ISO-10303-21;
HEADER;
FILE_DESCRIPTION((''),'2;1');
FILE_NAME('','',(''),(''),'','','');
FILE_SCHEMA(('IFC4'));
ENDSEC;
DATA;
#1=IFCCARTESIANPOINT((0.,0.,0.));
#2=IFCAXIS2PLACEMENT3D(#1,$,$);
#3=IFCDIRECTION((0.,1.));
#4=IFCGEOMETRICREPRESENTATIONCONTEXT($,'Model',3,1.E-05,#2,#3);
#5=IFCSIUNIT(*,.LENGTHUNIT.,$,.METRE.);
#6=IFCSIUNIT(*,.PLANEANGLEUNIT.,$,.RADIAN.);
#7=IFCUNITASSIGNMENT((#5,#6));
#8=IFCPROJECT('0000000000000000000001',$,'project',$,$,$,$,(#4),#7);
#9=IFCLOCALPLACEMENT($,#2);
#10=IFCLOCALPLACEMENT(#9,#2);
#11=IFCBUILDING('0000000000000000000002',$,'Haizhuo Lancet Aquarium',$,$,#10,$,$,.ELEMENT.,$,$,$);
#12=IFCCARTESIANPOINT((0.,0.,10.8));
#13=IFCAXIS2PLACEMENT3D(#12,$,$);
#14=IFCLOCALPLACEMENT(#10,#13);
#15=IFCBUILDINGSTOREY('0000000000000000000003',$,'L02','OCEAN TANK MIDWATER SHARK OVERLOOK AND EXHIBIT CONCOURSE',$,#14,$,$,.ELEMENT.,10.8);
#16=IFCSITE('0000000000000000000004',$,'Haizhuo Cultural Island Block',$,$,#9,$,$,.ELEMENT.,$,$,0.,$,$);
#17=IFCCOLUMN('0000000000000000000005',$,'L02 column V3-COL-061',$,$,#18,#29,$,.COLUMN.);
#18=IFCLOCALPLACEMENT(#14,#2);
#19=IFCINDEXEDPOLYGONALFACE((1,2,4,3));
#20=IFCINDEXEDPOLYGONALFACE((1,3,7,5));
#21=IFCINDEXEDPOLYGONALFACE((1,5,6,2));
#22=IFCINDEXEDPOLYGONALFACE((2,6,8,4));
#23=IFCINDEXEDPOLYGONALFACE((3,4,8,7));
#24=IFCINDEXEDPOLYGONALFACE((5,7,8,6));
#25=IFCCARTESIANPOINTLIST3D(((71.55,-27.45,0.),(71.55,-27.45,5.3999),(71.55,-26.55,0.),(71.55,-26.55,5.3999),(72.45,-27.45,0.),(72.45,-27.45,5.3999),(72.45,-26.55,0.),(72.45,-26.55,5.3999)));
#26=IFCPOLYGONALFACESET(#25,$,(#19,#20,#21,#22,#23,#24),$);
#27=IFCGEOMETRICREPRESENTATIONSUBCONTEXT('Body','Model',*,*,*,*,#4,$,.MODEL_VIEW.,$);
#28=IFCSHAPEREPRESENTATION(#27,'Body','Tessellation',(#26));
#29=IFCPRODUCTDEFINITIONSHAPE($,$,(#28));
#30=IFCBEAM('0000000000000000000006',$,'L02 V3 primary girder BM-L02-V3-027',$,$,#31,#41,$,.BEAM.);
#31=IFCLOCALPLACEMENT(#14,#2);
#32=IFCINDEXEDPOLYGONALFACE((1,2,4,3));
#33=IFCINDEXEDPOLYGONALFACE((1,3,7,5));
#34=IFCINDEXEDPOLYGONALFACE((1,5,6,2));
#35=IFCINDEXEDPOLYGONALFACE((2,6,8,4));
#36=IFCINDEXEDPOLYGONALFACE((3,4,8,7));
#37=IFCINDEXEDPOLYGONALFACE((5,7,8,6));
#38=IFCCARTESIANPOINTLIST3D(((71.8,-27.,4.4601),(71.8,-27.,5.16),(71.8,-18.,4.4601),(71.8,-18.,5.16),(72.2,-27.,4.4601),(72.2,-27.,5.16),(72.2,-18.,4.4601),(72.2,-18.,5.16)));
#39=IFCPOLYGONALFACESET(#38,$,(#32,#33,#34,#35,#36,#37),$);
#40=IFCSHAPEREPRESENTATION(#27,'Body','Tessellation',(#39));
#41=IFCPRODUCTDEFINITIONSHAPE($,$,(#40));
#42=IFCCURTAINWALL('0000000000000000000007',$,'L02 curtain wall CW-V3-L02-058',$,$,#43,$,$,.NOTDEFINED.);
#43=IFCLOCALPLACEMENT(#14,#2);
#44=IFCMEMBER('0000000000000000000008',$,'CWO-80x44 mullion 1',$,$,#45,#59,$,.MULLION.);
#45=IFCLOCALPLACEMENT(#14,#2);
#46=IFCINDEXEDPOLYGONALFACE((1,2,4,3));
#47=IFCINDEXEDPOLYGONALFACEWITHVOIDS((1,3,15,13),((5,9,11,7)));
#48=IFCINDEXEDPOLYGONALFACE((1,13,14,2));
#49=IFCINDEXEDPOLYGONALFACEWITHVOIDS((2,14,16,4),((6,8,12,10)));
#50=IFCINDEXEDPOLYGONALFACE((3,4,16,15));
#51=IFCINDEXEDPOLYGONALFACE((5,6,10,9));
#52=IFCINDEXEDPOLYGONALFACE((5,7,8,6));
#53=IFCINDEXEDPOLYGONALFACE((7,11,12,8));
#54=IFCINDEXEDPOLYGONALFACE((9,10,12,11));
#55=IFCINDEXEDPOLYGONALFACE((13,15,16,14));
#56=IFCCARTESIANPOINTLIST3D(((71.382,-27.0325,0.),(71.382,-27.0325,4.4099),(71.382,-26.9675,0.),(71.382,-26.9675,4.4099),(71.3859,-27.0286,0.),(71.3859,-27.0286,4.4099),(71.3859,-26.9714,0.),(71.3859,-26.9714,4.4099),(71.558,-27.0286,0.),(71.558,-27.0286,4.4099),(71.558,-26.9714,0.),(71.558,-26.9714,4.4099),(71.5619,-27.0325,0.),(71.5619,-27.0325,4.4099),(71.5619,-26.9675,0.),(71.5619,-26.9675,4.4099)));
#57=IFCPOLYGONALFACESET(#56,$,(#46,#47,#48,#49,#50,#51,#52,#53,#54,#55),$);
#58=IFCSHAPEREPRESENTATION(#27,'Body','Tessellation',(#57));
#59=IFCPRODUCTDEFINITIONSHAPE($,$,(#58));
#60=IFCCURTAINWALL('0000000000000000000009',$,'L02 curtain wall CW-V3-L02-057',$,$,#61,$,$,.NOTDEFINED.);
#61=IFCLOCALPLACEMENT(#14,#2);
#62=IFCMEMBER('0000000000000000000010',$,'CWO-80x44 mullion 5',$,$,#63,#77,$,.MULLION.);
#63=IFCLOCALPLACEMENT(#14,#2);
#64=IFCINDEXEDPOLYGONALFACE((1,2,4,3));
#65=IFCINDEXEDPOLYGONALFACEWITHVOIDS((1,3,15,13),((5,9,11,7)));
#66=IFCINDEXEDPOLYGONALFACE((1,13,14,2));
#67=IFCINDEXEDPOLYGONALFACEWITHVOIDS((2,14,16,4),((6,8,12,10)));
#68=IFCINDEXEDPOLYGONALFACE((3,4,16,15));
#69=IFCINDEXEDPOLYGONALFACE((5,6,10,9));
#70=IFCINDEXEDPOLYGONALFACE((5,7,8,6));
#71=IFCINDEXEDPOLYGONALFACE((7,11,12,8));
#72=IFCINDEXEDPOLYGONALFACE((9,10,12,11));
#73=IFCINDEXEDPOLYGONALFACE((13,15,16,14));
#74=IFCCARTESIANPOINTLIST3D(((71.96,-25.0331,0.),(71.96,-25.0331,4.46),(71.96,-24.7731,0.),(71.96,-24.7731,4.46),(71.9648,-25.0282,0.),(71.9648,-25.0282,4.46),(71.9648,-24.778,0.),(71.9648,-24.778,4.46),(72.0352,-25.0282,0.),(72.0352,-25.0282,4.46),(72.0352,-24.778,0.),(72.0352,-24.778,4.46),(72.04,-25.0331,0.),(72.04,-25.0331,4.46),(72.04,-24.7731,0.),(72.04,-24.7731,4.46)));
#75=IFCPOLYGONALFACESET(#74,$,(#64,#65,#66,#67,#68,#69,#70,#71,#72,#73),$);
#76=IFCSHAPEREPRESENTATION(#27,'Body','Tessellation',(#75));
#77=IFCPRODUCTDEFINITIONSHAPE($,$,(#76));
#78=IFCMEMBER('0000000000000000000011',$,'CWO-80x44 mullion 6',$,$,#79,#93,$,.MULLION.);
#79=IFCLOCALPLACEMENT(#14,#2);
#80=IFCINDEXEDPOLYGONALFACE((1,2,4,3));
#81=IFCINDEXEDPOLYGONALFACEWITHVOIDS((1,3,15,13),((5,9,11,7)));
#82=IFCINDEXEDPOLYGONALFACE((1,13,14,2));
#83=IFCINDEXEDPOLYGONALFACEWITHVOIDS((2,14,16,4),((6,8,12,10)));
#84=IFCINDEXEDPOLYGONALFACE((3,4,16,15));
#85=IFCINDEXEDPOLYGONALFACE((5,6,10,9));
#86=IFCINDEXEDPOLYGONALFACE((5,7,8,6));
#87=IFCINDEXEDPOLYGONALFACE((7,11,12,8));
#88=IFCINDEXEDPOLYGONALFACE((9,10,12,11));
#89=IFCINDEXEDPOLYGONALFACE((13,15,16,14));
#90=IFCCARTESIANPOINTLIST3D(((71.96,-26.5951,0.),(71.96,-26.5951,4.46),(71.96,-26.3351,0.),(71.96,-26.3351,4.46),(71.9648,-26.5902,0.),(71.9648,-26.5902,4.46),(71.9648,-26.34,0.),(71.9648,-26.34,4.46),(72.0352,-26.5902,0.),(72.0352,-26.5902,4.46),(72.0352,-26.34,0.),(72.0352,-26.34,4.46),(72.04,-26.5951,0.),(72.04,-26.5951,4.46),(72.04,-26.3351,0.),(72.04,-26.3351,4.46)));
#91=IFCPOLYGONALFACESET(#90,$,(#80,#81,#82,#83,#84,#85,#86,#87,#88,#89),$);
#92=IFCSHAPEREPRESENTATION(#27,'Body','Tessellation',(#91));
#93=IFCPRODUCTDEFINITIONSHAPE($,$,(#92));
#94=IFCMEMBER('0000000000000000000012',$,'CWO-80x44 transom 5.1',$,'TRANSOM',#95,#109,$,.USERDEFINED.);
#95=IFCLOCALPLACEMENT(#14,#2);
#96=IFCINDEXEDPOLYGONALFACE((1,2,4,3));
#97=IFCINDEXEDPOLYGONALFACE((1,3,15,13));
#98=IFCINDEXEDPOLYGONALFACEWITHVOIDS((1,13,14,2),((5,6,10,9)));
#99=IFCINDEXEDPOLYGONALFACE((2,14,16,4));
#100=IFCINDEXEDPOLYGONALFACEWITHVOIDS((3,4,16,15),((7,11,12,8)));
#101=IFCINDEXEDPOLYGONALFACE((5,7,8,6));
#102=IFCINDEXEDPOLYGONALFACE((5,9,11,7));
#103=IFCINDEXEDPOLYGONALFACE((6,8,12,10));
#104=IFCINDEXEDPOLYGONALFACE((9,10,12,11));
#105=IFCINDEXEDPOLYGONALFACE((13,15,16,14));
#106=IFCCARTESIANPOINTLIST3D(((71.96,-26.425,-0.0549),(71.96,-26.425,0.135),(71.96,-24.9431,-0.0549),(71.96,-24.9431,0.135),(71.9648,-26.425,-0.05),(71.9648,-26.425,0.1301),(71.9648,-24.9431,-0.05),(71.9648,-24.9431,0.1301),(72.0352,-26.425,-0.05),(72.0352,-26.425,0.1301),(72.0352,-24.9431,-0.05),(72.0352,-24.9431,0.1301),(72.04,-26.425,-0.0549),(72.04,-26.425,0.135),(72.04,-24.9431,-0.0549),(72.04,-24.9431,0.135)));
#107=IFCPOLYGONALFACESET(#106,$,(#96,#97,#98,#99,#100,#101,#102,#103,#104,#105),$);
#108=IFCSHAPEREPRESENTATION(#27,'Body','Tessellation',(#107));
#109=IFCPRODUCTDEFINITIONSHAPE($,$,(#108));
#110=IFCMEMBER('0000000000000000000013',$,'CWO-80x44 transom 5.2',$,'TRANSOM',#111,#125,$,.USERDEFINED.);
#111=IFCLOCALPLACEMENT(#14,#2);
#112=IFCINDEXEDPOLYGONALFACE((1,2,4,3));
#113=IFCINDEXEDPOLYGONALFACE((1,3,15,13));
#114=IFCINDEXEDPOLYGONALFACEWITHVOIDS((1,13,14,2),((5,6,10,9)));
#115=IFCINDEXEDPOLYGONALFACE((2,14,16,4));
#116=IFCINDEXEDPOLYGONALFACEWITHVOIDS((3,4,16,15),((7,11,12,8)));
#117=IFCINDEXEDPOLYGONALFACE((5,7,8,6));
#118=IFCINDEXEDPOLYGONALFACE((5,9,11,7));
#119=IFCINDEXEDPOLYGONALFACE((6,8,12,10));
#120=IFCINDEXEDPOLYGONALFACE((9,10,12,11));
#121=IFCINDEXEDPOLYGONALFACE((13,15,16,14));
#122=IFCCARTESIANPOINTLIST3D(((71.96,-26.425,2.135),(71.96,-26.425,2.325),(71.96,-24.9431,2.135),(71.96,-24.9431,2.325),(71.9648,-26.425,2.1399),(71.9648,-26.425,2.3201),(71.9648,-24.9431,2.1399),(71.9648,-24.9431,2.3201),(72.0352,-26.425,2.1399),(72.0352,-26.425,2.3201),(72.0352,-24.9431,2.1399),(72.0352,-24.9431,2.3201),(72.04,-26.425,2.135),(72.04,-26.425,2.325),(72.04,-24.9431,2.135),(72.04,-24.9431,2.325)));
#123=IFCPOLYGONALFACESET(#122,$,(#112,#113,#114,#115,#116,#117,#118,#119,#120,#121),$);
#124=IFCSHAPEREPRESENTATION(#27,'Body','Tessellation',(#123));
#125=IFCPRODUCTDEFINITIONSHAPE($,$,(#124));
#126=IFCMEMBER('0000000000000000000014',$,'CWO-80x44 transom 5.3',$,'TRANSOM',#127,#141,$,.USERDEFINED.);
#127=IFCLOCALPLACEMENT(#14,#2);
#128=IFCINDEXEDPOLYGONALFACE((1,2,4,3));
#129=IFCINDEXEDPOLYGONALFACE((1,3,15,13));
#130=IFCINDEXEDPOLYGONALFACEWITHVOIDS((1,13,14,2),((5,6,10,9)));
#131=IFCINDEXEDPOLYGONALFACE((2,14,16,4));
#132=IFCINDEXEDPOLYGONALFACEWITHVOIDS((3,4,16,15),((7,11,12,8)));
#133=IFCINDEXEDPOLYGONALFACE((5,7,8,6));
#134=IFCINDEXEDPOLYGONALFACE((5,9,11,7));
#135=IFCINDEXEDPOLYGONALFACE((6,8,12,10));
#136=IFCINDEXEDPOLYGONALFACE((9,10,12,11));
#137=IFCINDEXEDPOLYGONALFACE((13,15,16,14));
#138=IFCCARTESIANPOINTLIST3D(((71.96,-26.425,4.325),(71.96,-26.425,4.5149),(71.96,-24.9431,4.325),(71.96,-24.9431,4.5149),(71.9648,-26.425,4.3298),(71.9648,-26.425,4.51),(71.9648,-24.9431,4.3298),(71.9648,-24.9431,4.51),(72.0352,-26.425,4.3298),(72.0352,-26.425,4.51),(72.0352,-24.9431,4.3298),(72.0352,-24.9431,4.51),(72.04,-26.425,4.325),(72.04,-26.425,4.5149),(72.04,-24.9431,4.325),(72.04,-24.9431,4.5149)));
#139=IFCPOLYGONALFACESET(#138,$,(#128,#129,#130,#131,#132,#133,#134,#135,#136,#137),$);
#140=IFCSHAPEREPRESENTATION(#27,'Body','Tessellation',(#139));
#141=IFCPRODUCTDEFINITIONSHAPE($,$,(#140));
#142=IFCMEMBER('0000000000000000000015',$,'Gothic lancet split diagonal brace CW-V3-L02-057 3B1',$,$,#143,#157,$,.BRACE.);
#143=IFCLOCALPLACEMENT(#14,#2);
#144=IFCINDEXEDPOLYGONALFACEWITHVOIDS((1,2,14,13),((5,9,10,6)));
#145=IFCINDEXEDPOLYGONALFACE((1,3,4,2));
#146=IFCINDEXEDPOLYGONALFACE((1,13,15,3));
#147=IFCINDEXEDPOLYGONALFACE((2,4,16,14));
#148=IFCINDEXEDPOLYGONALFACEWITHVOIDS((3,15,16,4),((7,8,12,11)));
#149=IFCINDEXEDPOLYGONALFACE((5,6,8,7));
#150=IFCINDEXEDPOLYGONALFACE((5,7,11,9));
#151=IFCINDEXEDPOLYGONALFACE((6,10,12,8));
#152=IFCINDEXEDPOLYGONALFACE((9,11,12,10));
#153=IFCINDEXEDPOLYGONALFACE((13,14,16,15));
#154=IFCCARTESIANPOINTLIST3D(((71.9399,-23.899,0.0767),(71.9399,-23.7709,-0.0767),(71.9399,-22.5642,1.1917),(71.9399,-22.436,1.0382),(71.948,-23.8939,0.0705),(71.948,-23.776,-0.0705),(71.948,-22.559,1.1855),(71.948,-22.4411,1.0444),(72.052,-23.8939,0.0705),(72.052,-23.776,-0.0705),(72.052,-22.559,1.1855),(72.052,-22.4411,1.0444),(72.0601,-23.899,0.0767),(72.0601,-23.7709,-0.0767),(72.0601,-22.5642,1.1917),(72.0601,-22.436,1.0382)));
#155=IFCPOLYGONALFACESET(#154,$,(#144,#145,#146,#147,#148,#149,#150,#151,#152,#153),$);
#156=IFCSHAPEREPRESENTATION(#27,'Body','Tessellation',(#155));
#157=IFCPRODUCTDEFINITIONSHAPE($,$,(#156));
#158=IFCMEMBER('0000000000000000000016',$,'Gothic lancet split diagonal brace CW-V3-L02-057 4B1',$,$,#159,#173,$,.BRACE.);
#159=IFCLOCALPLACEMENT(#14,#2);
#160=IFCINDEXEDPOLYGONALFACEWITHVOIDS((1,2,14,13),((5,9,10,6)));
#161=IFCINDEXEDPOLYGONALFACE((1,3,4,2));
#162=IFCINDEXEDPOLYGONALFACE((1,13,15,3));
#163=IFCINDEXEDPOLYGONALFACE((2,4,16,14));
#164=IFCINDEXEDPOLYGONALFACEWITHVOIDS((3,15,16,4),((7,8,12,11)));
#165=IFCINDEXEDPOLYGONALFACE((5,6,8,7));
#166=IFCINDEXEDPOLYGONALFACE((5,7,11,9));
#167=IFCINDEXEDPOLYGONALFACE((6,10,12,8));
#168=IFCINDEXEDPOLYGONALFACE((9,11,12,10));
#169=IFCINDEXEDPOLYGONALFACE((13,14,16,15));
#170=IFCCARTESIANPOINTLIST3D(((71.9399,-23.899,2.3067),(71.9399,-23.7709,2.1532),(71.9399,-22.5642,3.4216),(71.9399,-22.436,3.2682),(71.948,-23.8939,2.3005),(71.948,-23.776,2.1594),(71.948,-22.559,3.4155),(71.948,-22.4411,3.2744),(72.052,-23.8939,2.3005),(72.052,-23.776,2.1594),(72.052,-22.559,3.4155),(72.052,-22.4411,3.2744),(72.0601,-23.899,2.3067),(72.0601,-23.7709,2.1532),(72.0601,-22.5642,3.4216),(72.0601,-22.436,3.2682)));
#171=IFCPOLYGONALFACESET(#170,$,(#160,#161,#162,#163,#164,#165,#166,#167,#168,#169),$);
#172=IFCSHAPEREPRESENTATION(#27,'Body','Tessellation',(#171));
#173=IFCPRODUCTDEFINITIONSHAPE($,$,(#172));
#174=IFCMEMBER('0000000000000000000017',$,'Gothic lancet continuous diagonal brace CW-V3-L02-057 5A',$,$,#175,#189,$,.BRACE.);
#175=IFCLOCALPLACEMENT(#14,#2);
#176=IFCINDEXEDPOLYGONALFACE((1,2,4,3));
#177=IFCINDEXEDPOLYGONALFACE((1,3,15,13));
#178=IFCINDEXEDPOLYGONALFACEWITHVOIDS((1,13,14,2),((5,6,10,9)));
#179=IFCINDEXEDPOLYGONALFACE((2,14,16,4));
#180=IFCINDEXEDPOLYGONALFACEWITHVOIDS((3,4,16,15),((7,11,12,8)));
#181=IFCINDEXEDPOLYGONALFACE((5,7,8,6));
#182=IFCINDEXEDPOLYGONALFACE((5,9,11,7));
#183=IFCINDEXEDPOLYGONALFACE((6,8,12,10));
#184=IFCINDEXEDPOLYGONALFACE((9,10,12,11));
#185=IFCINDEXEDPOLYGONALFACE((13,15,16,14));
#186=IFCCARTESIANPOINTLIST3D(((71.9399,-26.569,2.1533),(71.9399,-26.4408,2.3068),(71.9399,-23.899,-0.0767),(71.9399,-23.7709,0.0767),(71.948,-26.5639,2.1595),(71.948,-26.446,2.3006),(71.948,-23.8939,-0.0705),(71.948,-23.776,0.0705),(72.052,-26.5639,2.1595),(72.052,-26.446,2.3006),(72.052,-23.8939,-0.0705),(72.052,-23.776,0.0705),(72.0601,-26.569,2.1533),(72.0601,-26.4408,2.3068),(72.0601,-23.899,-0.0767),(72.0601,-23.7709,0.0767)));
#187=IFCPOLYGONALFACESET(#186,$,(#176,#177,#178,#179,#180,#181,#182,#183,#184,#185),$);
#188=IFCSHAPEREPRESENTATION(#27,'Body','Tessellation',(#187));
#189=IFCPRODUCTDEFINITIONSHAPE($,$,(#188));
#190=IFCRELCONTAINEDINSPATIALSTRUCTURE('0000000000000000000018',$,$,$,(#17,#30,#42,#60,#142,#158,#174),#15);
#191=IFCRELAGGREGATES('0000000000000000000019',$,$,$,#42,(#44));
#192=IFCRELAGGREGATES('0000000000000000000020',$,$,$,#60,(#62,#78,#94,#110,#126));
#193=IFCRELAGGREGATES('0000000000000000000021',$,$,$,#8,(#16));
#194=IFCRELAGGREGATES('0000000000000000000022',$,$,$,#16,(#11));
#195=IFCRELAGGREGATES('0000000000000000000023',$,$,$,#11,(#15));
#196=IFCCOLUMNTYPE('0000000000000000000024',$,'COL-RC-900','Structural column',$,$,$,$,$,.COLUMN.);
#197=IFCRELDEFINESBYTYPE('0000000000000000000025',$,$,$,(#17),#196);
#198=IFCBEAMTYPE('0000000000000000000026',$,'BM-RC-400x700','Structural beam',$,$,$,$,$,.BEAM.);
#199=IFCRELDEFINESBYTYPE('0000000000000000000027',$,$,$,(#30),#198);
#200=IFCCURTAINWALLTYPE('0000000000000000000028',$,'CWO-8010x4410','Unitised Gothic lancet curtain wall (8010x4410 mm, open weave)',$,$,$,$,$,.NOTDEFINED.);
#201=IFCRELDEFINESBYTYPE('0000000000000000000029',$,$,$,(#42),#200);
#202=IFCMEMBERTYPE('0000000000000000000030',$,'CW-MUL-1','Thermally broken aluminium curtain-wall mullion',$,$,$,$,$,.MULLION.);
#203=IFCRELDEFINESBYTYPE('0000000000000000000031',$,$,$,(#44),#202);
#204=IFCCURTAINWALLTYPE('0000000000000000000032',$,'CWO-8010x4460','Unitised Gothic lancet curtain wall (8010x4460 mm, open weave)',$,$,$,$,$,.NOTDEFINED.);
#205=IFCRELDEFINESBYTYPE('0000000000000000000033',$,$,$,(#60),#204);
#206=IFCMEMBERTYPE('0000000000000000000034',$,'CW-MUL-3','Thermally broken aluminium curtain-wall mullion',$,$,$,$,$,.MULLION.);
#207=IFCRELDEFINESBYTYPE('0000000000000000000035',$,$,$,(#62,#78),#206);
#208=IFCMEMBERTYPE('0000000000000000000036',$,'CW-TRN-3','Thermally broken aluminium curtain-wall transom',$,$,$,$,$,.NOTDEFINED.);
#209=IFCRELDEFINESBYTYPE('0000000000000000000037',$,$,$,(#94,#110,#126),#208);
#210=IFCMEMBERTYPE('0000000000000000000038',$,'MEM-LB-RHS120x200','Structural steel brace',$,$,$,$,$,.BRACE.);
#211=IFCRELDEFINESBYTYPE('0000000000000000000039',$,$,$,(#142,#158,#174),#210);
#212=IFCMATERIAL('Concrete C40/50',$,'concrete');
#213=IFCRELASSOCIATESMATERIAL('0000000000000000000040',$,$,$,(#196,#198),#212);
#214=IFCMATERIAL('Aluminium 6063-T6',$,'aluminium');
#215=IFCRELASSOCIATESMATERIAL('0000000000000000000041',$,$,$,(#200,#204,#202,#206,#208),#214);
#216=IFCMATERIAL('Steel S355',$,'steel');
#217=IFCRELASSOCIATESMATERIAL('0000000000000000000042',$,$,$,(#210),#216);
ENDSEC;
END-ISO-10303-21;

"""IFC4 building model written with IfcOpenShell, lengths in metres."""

from ifc_helpers import new_model, si_unit, direction, frame, origin, origin_2d, place, context, subcontext, project, spatial, rectangle, hollow_rectangle, extrude, material, material_profile, profile_set, type_object, element, aggregate, save


model = new_model("IFC4")

# Units and contexts
model_context = context("Model", 3, precision=1e-05, world=origin(), true_north=direction((0.0, 1.0)))
body_context = subcontext(model_context, "Body", "Model", "MODEL_VIEW")
ifc_project = project(units=[si_unit("LENGTHUNIT", "METRE"), si_unit("PLANEANGLEUNIT", "RADIAN")], contexts=[model_context])

# Site, building, storey
site_placement = place(None, origin())
site = spatial("IfcSite", under=ifc_project, at=site_placement, Name="Haizhuo Cultural Island Block", CompositionType="ELEMENT", RefElevation=0.0)
building_placement = place(site_placement, origin())
building = spatial("IfcBuilding", under=site, at=building_placement, Name="Haizhuo Lancet Aquarium", CompositionType="ELEMENT")
storey_placement = place(building_placement, frame((0.0, 0.0, 10.8)))
storey = spatial("IfcBuildingStorey", under=building, at=storey_placement, Name="L02", Description="OCEAN TANK MIDWATER SHARK OVERLOOK AND EXHIBIT CONCOURSE", CompositionType="ELEMENT", Elevation=10.8)

# Column
ifc_material_1 = material(Name="Concrete C40/50", Category="concrete")
ifc_material_profile_1 = material_profile(ifc_material_1, rectangle(XDim=0.8999, YDim=0.8999, at=origin_2d()), Name="RC-COL 900x900")
ifc_profile_set_1 = profile_set([ifc_material_profile_1], Name="Concrete C40/50")
column_type = type_object("IfcColumnType", Name="COL-RC-900", Description="Structural column", PredefinedType="COLUMN", material=ifc_profile_set_1)
column_placement = place(storey_placement, frame((72.0, -27.0, 0.0), z_axis=(0.0, 0.0, 1.0), x_axis=(1.0, 0.0, 0.0)))
element("IfcColumn", 1, at=column_placement, inside=storey, type_object=column_type, Name="L02 column V3-COL-061", PredefinedType="COLUMN", context=body_context, shape_type="SweptSolid", body=[
    extrude(rectangle(XDim=0.8999, YDim=0.8999, at=origin_2d()), origin(), (0.0, 0.0, 1.0), 5.3999),
])

# Beam
ifc_material_profile_2 = material_profile(ifc_material_1, rectangle(XDim=0.3999, YDim=0.7, at=origin_2d()), Name="RC-BM 400x700")
ifc_profile_set_2 = profile_set([ifc_material_profile_2], Name="Concrete C40/50")
beam_type = type_object("IfcBeamType", Name="BM-RC-400x700", Description="Structural beam", PredefinedType="BEAM", material=ifc_profile_set_2)
beam_placement = place(storey_placement, frame((72.0, -27.0, 4.8101), z_axis=(0.0, 1.0, 0.0), x_axis=(-1.0, 0.0, 0.0)))
element("IfcBeam", 2, at=beam_placement, inside=storey, type_object=beam_type, Name="L02 V3 primary girder BM-L02-V3-027", PredefinedType="BEAM", context=body_context, shape_type="SweptSolid", body=[
    extrude(rectangle(XDim=0.3999, YDim=0.7, at=origin_2d()), origin(), (0.0, 0.0, 1.0), 9.0),
])

# Curtain wall, member
ifc_material_2 = material(Name="Aluminium 6063-T6", Category="aluminium")
curtain_wall_type_1 = type_object("IfcCurtainWallType", Name="CWO-8010x4410", Description="Unitised Gothic lancet curtain wall (8010x4410 mm, open weave)", PredefinedType="NOTDEFINED", material=ifc_material_2)
curtain_wall_1_placement = place(storey_placement, origin())
curtain_wall_1 = element("IfcCurtainWall", 3, at=curtain_wall_1_placement, inside=storey, type_object=curtain_wall_type_1, Name="L02 curtain wall CW-V3-L02-058", PredefinedType="NOTDEFINED")
ifc_material_profile_3 = material_profile(ifc_material_2, hollow_rectangle(XDim=0.0649, YDim=0.1799, WallThickness=0.0039, at=origin_2d()), Name="ALU-M 65x180x4")
ifc_profile_set_3 = profile_set([ifc_material_profile_3], Name="Aluminium 6063-T6")
member_type_1 = type_object("IfcMemberType", Name="CW-MUL-1", Description="Thermally broken aluminium curtain-wall mullion", PredefinedType="MULLION", material=ifc_profile_set_3)
member_1_placement = place(storey_placement, frame((71.4719, -27.0, 0.0), z_axis=(0.0, 0.0, 1.0), x_axis=(0.0, -1.0, 0.0)))
member_1 = element("IfcMember", 4, at=member_1_placement, type_object=member_type_1, Name="CWO-80x44 mullion 1", PredefinedType="MULLION", context=body_context, shape_type="SweptSolid", body=[
    extrude(hollow_rectangle(XDim=0.0649, YDim=0.1799, WallThickness=0.0039, at=origin_2d()), origin(), (0.0, 0.0, 1.0), 4.4099),
])
aggregate(curtain_wall_1, [member_1])

# Curtain wall, members
curtain_wall_type_2 = type_object("IfcCurtainWallType", Name="CWO-8010x4460", Description="Unitised Gothic lancet curtain wall (8010x4460 mm, open weave)", PredefinedType="NOTDEFINED", material=ifc_material_2)
curtain_wall_2_placement = place(storey_placement, origin())
curtain_wall_2 = element("IfcCurtainWall", 5, at=curtain_wall_2_placement, inside=storey, type_object=curtain_wall_type_2, Name="L02 curtain wall CW-V3-L02-057", PredefinedType="NOTDEFINED")
ifc_material_profile_4 = material_profile(ifc_material_2, hollow_rectangle(XDim=0.0801, YDim=0.26, WallThickness=0.0049, at=origin_2d()), Name="ALU-M 80x260x5")
ifc_profile_set_4 = profile_set([ifc_material_profile_4], Name="Aluminium 6063-T6")
member_type_2 = type_object("IfcMemberType", Name="CW-MUL-3", Description="Thermally broken aluminium curtain-wall mullion", PredefinedType="MULLION", material=ifc_profile_set_4)
member_2_placement = place(storey_placement, frame((72.0, -24.9031, 0.0), z_axis=(0.0, 0.0, 1.0), x_axis=(1.0, 0.0, 0.0)))
member_2 = element("IfcMember", 6, at=member_2_placement, type_object=member_type_2, Name="CWO-80x44 mullion 5", PredefinedType="MULLION", context=body_context, shape_type="SweptSolid", body=[
    extrude(hollow_rectangle(XDim=0.0801, YDim=0.26, WallThickness=0.0049, at=origin_2d()), origin(), (0.0, 0.0, 1.0), 4.46),
])
member_3_placement = place(storey_placement, frame((72.0, -26.4651, 0.0), z_axis=(0.0, 0.0, 1.0), x_axis=(1.0, 0.0, 0.0)))
member_3 = element("IfcMember", 7, at=member_3_placement, type_object=member_type_2, Name="CWO-80x44 mullion 6", PredefinedType="MULLION", context=body_context, shape_type="SweptSolid", body=[
    extrude(hollow_rectangle(XDim=0.0801, YDim=0.26, WallThickness=0.0049, at=origin_2d()), origin(), (0.0, 0.0, 1.0), 4.46),
])
ifc_material_profile_5 = material_profile(ifc_material_2, hollow_rectangle(XDim=0.0801, YDim=0.1899, WallThickness=0.0049, at=origin_2d()), Name="ALU-T 80x190x5")
ifc_profile_set_5 = profile_set([ifc_material_profile_5], Name="Aluminium 6063-T6")
member_type_3 = type_object("IfcMemberType", Name="CW-TRN-3", Description="Thermally broken aluminium curtain-wall transom", PredefinedType="NOTDEFINED", material=ifc_profile_set_5)
member_4_placement = place(storey_placement, frame((72.0, -24.9431, 0.04), z_axis=(0.0, -1.0, 0.0), x_axis=(1.0, 0.0, 0.0)))
member_4 = element("IfcMember", 8, at=member_4_placement, type_object=member_type_3, Name="CWO-80x44 transom 5.1", ObjectType="TRANSOM", PredefinedType="USERDEFINED", context=body_context, shape_type="SweptSolid", body=[
    extrude(hollow_rectangle(XDim=0.0801, YDim=0.1899, WallThickness=0.0049, at=origin_2d()), origin(), (0.0, 0.0, 1.0), 1.4819),
])
member_5_placement = place(storey_placement, frame((72.0, -24.9431, 2.23), z_axis=(0.0, -1.0, 0.0), x_axis=(1.0, 0.0, 0.0)))
member_5 = element("IfcMember", 9, at=member_5_placement, type_object=member_type_3, Name="CWO-80x44 transom 5.2", ObjectType="TRANSOM", PredefinedType="USERDEFINED", context=body_context, shape_type="SweptSolid", body=[
    extrude(hollow_rectangle(XDim=0.0801, YDim=0.1899, WallThickness=0.0049, at=origin_2d()), origin(), (0.0, 0.0, 1.0), 1.4819),
])
member_6_placement = place(storey_placement, frame((72.0, -24.9431, 4.4199), z_axis=(0.0, -1.0, 0.0), x_axis=(1.0, 0.0, 0.0)))
member_6 = element("IfcMember", 10, at=member_6_placement, type_object=member_type_3, Name="CWO-80x44 transom 5.3", ObjectType="TRANSOM", PredefinedType="USERDEFINED", context=body_context, shape_type="SweptSolid", body=[
    extrude(hollow_rectangle(XDim=0.0801, YDim=0.1899, WallThickness=0.0049, at=origin_2d()), origin(), (0.0, 0.0, 1.0), 1.4819),
])

# Members
ifc_material_3 = material(Name="Steel S355", Category="steel")
ifc_material_profile_6 = material_profile(ifc_material_3, hollow_rectangle(XDim=0.1201, YDim=0.2, WallThickness=0.0081, at=origin_2d()), Name="RHS 120x200x8")
ifc_profile_set_6 = profile_set([ifc_material_profile_6], Name="Steel S355")
member_type_4 = type_object("IfcMemberType", Name="MEM-LB-RHS120x200", Description="Structural steel brace", PredefinedType="BRACE", material=ifc_profile_set_6)
for number, where, z_axis, x_axis, name in (
    (11, (72.0, -23.835, 0.0), (0.0, 0.767507, 0.64104), (-1.0, 0.0, 0.0), "Gothic lancet split diagonal brace CW-V3-L02-057 3B1"),
    (12, (72.0, -23.835, 2.23), (0.0, 0.767507, 0.64104), (-1.0, 0.0, 0.0), "Gothic lancet split diagonal brace CW-V3-L02-057 4B1"),
):
    element("IfcMember", number, at=place(storey_placement, frame(where, z_axis=z_axis, x_axis=x_axis)), inside=storey, type_object=member_type_4, Name=name, PredefinedType="BRACE", context=body_context, shape_type="SweptSolid", body=[
        extrude(hollow_rectangle(XDim=0.1201, YDim=0.2, WallThickness=0.0081, at=origin_2d()), origin(), (0.0, 0.0, 1.0), 1.7393),
    ])
member_7_placement = place(storey_placement, frame((72.0, -23.835, 0.0), z_axis=(0.0, -0.767507, 0.64104), x_axis=(1.0, 0.0, 0.0)))
element("IfcMember", 13, at=member_7_placement, inside=storey, type_object=member_type_4, Name="Gothic lancet continuous diagonal brace CW-V3-L02-057 5A", PredefinedType="BRACE", context=body_context, shape_type="SweptSolid", body=[
    extrude(hollow_rectangle(XDim=0.1201, YDim=0.2, WallThickness=0.0081, at=origin_2d()), origin(), (0.0, 0.0, 1.0), 3.4788),
])

aggregate(curtain_wall_2, [member_2, member_3, member_4, member_5, member_6])

save(model, "model.ifc")
